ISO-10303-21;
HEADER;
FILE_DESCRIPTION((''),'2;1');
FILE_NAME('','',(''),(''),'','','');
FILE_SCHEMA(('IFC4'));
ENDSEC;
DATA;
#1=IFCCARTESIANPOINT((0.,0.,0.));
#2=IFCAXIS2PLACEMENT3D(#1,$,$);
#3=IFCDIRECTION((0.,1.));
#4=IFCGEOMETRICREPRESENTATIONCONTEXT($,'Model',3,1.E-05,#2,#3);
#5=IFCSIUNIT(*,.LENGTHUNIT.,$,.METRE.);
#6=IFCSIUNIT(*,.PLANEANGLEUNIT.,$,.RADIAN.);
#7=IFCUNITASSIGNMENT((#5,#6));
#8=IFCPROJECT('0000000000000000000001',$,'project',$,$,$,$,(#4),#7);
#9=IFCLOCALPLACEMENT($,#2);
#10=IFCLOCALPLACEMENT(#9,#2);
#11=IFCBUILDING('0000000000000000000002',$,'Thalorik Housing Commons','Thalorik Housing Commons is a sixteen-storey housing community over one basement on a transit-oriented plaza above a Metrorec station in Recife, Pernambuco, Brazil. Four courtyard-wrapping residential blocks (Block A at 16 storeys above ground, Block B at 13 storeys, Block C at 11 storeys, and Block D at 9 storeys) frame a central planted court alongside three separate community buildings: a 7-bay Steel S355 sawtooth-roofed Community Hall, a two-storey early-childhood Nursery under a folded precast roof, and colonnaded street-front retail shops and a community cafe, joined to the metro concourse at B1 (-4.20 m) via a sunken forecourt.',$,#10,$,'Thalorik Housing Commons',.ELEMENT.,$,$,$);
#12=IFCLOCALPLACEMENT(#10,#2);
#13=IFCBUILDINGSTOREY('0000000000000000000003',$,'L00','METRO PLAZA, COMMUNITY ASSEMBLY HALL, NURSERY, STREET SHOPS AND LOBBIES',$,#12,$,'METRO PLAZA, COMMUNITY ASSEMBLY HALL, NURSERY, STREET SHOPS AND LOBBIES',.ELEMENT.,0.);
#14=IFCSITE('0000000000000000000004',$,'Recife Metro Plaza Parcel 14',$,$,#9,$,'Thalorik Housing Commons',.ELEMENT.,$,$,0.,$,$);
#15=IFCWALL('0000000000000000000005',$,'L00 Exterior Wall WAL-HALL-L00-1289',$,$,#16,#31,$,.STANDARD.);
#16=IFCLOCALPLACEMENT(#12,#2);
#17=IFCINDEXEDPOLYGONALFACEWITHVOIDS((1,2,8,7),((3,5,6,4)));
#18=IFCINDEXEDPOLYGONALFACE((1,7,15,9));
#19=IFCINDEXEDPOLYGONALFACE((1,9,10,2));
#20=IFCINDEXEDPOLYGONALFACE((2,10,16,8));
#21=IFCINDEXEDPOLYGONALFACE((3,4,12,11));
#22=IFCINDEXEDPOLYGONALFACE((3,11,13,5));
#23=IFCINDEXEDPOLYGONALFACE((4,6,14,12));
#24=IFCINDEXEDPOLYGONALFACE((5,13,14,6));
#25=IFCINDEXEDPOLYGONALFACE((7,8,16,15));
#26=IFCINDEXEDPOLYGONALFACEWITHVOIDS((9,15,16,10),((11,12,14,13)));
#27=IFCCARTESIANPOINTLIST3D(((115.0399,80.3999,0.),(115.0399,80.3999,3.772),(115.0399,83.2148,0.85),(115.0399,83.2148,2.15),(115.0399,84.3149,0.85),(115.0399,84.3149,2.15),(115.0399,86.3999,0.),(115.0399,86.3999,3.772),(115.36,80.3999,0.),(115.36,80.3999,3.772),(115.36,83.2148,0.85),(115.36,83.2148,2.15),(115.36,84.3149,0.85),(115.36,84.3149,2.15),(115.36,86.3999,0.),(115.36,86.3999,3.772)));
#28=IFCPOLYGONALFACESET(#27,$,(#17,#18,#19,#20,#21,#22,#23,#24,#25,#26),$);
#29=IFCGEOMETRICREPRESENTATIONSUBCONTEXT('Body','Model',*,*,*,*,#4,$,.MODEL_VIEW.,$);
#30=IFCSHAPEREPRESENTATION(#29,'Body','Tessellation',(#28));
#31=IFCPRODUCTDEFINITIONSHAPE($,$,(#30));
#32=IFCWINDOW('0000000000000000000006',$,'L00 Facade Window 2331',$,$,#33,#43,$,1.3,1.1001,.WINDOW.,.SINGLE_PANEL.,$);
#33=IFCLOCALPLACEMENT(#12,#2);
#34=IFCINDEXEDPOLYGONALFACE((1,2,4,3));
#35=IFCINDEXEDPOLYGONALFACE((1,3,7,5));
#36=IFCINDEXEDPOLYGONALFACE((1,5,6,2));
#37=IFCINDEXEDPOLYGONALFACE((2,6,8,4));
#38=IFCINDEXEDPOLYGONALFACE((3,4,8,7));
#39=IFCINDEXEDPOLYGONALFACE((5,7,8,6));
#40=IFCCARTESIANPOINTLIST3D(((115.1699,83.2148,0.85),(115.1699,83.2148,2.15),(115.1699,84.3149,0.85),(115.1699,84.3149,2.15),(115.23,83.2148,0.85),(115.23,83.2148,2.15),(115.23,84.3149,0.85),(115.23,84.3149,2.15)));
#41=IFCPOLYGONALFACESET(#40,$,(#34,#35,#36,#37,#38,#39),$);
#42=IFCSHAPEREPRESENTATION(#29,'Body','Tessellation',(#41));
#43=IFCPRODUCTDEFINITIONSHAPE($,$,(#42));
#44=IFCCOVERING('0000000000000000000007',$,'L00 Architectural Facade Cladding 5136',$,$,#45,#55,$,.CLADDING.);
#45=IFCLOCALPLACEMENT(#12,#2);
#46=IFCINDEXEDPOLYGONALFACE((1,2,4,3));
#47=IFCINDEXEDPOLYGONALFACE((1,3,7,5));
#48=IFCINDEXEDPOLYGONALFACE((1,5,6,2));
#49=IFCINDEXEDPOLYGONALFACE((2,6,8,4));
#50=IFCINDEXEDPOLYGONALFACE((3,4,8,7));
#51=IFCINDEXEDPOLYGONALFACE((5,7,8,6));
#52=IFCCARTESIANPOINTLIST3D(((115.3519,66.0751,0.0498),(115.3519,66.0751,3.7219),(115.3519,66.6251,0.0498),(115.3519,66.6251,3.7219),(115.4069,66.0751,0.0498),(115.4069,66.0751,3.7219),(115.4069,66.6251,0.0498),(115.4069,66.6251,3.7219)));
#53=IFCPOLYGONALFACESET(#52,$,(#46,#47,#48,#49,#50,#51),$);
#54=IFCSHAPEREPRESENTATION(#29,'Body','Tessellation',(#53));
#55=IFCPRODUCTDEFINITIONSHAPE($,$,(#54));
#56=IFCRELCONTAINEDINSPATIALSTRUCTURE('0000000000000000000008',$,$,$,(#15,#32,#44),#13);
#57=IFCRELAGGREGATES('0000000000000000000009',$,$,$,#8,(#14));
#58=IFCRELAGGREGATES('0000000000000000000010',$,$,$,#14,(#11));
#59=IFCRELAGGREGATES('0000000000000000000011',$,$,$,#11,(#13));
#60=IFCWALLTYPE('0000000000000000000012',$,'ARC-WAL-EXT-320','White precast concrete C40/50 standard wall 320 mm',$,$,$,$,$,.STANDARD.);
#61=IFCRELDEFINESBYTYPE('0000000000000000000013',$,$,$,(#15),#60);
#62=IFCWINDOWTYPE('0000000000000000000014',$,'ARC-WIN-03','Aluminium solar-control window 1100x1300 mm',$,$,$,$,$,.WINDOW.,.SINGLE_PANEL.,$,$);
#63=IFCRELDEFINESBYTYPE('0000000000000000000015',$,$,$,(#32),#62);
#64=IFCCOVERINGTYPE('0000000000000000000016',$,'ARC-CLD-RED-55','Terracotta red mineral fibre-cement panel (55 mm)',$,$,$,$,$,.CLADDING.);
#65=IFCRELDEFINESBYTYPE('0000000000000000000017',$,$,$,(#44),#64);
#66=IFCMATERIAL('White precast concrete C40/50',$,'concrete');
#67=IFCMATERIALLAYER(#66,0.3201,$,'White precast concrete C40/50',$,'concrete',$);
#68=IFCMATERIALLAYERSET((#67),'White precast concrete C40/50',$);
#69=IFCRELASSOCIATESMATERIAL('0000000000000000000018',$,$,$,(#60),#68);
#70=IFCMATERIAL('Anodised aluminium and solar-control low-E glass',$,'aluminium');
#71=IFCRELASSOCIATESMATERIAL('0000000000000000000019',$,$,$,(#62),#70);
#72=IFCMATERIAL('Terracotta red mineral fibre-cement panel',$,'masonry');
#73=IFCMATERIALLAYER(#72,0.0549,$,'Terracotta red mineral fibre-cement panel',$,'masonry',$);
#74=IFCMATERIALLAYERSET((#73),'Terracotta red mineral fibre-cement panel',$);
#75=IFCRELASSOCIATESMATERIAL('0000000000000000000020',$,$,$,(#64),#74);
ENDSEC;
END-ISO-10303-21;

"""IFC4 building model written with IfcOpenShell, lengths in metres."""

from ifc_helpers import new_model, si_unit, direction, frame, frame_2d, origin, origin_2d, place, context, subcontext, project, spatial, rectangle, extrude, material, layer, layer_set, type_object, element, fill, save


model = new_model("IFC4")

# Units and contexts
model_context = context("Model", 3, precision=1e-05, world=origin(), true_north=direction((0.0, 1.0)))
body_context = subcontext(model_context, "Body", "Model", "MODEL_VIEW")
ifc_project = project(units=[si_unit("LENGTHUNIT", "METRE"), si_unit("PLANEANGLEUNIT", "RADIAN")], contexts=[model_context])

# Site, building, storey
site_placement = place(None, origin())
site = spatial("IfcSite", under=ifc_project, at=site_placement, Name="Recife Metro Plaza Parcel 14", LongName="Thalorik Housing Commons", CompositionType="ELEMENT", RefElevation=0.0)
building_placement = place(site_placement, origin())
building = spatial("IfcBuilding", under=site, at=building_placement, Name="Thalorik Housing Commons", Description="Thalorik Housing Commons is a sixteen-storey housing community over one basement on a transit-oriented plaza above a Metrorec station in Recife, Pernambuco, Brazil. Four courtyard-wrapping residential blocks (Block A at 16 storeys above ground, Block B at 13 storeys, Block C at 11 storeys, and Block D at 9 storeys) frame a central planted court alongside three separate community buildings: a 7-bay Steel S355 sawtooth-roofed Community Hall, a two-storey early-childhood Nursery under a folded precast roof, and colonnaded street-front retail shops and a community cafe, joined to the metro concourse at B1 (-4.20 m) via a sunken forecourt.", LongName="Thalorik Housing Commons", CompositionType="ELEMENT")
storey_placement = place(building_placement, origin())
storey = spatial("IfcBuildingStorey", under=building, at=storey_placement, Name="L00", Description="METRO PLAZA, COMMUNITY ASSEMBLY HALL, NURSERY, STREET SHOPS AND LOBBIES", LongName="METRO PLAZA, COMMUNITY ASSEMBLY HALL, NURSERY, STREET SHOPS AND LOBBIES", CompositionType="ELEMENT", Elevation=0.0)

# Shared definitions
ifc_material_1 = material(Name="White precast concrete C40/50", Category="concrete")

# Shared definitions
ifc_layer_1 = layer(ifc_material_1, 0.3201, Name="White precast concrete C40/50", Category="concrete")
ifc_layer_set_1 = layer_set([ifc_layer_1], Name="White precast concrete C40/50")
wall_type_1 = type_object("IfcWallType", Name="ARC-WAL-EXT-320", Description="White precast concrete C40/50 standard wall 320 mm", PredefinedType="STANDARD", material=ifc_layer_set_1)
ifc_material_2 = material(Name="Anodised aluminium and solar-control low-E glass", Category="aluminium")

# Wall, opening, window
wall_1_placement = place(storey_placement, frame((115.2, 80.3999, 0.0), z_axis=(0.0, 0.0, 1.0), x_axis=(0.0, 1.0, 0.0)))
wall_1 = element("IfcWall", 1, at=wall_1_placement, inside=storey, type_object=wall_type_1, Name="L00 Exterior Wall WAL-HALL-L00-1289", PredefinedType="STANDARD", context=body_context, shape_type="SweptSolid", body=[
    extrude(rectangle(XDim=6.0, YDim=0.3201, at=frame_2d((3.0, 0.0))), origin(), (0.0, 0.0, 1.0), 3.772),
])
opening_1_placement = place(wall_1_placement, frame((2.8149, 0.0, 0.8501)))
opening_1 = element("IfcOpeningElement", 2, at=opening_1_placement, cuts=wall_1, PredefinedType="OPENING", context=body_context, shape_type="SweptSolid", body=[
    extrude(rectangle(XDim=1.1001, YDim=1.3, at=frame_2d((0.55, 0.6499))), frame((0.0, 0.1699, 0.0), z_axis=(0.0, -1.0, 0.0), x_axis=(1.0, 0.0, 0.0)), (0.0, 0.0, 1.0), 0.3401),
])
window_type_1 = type_object("IfcWindowType", Name="ARC-WIN-03", Description="Aluminium solar-control window 1100x1300 mm", PartitioningType="SINGLE_PANEL", PredefinedType="WINDOW", material=ifc_material_2)
window_1_placement = place(opening_1_placement, origin())
window_1 = element("IfcWindow", 3, at=window_1_placement, inside=storey, type_object=window_type_1, Name="L00 Facade Window 2331", OverallHeight=1.3, OverallWidth=1.1001, PartitioningType="SINGLE_PANEL", PredefinedType="WINDOW", context=body_context, shape_type="SweptSolid", body=[
    extrude(rectangle(XDim=1.1001, YDim=1.3, at=frame_2d((0.55, 0.6499))), frame((0.0, 0.03, 0.0), z_axis=(0.0, -1.0, 0.0), x_axis=(1.0, 0.0, 0.0)), (0.0, 0.0, 1.0), 0.0601),
])
fill(opening_1, window_1)

# Covering
ifc_material_3 = material(Name="Terracotta red mineral fibre-cement panel", Category="masonry")
ifc_layer_2 = layer(ifc_material_3, 0.0549, Name="Terracotta red mineral fibre-cement panel", Category="masonry")
ifc_layer_set_2 = layer_set([ifc_layer_2], Name="Terracotta red mineral fibre-cement panel")
covering_type = type_object("IfcCoveringType", Name="ARC-CLD-RED-55", Description="Terracotta red mineral fibre-cement panel (55 mm)", PredefinedType="CLADDING", material=ifc_layer_set_2)
covering_placement = place(storey_placement, frame((115.3794, 66.3501, 0.0498), z_axis=(0.0, 0.0, 1.0), x_axis=(0.0, 1.0, 0.0)))
element("IfcCovering", 4, at=covering_placement, inside=storey, type_object=covering_type, Name="L00 Architectural Facade Cladding 5136", PredefinedType="CLADDING", context=body_context, shape_type="SweptSolid", body=[
    extrude(rectangle(XDim=0.55, YDim=0.0549, at=origin_2d()), origin(), (0.0, 0.0, 1.0), 3.6721),
])

save(model, "model.ifc")
